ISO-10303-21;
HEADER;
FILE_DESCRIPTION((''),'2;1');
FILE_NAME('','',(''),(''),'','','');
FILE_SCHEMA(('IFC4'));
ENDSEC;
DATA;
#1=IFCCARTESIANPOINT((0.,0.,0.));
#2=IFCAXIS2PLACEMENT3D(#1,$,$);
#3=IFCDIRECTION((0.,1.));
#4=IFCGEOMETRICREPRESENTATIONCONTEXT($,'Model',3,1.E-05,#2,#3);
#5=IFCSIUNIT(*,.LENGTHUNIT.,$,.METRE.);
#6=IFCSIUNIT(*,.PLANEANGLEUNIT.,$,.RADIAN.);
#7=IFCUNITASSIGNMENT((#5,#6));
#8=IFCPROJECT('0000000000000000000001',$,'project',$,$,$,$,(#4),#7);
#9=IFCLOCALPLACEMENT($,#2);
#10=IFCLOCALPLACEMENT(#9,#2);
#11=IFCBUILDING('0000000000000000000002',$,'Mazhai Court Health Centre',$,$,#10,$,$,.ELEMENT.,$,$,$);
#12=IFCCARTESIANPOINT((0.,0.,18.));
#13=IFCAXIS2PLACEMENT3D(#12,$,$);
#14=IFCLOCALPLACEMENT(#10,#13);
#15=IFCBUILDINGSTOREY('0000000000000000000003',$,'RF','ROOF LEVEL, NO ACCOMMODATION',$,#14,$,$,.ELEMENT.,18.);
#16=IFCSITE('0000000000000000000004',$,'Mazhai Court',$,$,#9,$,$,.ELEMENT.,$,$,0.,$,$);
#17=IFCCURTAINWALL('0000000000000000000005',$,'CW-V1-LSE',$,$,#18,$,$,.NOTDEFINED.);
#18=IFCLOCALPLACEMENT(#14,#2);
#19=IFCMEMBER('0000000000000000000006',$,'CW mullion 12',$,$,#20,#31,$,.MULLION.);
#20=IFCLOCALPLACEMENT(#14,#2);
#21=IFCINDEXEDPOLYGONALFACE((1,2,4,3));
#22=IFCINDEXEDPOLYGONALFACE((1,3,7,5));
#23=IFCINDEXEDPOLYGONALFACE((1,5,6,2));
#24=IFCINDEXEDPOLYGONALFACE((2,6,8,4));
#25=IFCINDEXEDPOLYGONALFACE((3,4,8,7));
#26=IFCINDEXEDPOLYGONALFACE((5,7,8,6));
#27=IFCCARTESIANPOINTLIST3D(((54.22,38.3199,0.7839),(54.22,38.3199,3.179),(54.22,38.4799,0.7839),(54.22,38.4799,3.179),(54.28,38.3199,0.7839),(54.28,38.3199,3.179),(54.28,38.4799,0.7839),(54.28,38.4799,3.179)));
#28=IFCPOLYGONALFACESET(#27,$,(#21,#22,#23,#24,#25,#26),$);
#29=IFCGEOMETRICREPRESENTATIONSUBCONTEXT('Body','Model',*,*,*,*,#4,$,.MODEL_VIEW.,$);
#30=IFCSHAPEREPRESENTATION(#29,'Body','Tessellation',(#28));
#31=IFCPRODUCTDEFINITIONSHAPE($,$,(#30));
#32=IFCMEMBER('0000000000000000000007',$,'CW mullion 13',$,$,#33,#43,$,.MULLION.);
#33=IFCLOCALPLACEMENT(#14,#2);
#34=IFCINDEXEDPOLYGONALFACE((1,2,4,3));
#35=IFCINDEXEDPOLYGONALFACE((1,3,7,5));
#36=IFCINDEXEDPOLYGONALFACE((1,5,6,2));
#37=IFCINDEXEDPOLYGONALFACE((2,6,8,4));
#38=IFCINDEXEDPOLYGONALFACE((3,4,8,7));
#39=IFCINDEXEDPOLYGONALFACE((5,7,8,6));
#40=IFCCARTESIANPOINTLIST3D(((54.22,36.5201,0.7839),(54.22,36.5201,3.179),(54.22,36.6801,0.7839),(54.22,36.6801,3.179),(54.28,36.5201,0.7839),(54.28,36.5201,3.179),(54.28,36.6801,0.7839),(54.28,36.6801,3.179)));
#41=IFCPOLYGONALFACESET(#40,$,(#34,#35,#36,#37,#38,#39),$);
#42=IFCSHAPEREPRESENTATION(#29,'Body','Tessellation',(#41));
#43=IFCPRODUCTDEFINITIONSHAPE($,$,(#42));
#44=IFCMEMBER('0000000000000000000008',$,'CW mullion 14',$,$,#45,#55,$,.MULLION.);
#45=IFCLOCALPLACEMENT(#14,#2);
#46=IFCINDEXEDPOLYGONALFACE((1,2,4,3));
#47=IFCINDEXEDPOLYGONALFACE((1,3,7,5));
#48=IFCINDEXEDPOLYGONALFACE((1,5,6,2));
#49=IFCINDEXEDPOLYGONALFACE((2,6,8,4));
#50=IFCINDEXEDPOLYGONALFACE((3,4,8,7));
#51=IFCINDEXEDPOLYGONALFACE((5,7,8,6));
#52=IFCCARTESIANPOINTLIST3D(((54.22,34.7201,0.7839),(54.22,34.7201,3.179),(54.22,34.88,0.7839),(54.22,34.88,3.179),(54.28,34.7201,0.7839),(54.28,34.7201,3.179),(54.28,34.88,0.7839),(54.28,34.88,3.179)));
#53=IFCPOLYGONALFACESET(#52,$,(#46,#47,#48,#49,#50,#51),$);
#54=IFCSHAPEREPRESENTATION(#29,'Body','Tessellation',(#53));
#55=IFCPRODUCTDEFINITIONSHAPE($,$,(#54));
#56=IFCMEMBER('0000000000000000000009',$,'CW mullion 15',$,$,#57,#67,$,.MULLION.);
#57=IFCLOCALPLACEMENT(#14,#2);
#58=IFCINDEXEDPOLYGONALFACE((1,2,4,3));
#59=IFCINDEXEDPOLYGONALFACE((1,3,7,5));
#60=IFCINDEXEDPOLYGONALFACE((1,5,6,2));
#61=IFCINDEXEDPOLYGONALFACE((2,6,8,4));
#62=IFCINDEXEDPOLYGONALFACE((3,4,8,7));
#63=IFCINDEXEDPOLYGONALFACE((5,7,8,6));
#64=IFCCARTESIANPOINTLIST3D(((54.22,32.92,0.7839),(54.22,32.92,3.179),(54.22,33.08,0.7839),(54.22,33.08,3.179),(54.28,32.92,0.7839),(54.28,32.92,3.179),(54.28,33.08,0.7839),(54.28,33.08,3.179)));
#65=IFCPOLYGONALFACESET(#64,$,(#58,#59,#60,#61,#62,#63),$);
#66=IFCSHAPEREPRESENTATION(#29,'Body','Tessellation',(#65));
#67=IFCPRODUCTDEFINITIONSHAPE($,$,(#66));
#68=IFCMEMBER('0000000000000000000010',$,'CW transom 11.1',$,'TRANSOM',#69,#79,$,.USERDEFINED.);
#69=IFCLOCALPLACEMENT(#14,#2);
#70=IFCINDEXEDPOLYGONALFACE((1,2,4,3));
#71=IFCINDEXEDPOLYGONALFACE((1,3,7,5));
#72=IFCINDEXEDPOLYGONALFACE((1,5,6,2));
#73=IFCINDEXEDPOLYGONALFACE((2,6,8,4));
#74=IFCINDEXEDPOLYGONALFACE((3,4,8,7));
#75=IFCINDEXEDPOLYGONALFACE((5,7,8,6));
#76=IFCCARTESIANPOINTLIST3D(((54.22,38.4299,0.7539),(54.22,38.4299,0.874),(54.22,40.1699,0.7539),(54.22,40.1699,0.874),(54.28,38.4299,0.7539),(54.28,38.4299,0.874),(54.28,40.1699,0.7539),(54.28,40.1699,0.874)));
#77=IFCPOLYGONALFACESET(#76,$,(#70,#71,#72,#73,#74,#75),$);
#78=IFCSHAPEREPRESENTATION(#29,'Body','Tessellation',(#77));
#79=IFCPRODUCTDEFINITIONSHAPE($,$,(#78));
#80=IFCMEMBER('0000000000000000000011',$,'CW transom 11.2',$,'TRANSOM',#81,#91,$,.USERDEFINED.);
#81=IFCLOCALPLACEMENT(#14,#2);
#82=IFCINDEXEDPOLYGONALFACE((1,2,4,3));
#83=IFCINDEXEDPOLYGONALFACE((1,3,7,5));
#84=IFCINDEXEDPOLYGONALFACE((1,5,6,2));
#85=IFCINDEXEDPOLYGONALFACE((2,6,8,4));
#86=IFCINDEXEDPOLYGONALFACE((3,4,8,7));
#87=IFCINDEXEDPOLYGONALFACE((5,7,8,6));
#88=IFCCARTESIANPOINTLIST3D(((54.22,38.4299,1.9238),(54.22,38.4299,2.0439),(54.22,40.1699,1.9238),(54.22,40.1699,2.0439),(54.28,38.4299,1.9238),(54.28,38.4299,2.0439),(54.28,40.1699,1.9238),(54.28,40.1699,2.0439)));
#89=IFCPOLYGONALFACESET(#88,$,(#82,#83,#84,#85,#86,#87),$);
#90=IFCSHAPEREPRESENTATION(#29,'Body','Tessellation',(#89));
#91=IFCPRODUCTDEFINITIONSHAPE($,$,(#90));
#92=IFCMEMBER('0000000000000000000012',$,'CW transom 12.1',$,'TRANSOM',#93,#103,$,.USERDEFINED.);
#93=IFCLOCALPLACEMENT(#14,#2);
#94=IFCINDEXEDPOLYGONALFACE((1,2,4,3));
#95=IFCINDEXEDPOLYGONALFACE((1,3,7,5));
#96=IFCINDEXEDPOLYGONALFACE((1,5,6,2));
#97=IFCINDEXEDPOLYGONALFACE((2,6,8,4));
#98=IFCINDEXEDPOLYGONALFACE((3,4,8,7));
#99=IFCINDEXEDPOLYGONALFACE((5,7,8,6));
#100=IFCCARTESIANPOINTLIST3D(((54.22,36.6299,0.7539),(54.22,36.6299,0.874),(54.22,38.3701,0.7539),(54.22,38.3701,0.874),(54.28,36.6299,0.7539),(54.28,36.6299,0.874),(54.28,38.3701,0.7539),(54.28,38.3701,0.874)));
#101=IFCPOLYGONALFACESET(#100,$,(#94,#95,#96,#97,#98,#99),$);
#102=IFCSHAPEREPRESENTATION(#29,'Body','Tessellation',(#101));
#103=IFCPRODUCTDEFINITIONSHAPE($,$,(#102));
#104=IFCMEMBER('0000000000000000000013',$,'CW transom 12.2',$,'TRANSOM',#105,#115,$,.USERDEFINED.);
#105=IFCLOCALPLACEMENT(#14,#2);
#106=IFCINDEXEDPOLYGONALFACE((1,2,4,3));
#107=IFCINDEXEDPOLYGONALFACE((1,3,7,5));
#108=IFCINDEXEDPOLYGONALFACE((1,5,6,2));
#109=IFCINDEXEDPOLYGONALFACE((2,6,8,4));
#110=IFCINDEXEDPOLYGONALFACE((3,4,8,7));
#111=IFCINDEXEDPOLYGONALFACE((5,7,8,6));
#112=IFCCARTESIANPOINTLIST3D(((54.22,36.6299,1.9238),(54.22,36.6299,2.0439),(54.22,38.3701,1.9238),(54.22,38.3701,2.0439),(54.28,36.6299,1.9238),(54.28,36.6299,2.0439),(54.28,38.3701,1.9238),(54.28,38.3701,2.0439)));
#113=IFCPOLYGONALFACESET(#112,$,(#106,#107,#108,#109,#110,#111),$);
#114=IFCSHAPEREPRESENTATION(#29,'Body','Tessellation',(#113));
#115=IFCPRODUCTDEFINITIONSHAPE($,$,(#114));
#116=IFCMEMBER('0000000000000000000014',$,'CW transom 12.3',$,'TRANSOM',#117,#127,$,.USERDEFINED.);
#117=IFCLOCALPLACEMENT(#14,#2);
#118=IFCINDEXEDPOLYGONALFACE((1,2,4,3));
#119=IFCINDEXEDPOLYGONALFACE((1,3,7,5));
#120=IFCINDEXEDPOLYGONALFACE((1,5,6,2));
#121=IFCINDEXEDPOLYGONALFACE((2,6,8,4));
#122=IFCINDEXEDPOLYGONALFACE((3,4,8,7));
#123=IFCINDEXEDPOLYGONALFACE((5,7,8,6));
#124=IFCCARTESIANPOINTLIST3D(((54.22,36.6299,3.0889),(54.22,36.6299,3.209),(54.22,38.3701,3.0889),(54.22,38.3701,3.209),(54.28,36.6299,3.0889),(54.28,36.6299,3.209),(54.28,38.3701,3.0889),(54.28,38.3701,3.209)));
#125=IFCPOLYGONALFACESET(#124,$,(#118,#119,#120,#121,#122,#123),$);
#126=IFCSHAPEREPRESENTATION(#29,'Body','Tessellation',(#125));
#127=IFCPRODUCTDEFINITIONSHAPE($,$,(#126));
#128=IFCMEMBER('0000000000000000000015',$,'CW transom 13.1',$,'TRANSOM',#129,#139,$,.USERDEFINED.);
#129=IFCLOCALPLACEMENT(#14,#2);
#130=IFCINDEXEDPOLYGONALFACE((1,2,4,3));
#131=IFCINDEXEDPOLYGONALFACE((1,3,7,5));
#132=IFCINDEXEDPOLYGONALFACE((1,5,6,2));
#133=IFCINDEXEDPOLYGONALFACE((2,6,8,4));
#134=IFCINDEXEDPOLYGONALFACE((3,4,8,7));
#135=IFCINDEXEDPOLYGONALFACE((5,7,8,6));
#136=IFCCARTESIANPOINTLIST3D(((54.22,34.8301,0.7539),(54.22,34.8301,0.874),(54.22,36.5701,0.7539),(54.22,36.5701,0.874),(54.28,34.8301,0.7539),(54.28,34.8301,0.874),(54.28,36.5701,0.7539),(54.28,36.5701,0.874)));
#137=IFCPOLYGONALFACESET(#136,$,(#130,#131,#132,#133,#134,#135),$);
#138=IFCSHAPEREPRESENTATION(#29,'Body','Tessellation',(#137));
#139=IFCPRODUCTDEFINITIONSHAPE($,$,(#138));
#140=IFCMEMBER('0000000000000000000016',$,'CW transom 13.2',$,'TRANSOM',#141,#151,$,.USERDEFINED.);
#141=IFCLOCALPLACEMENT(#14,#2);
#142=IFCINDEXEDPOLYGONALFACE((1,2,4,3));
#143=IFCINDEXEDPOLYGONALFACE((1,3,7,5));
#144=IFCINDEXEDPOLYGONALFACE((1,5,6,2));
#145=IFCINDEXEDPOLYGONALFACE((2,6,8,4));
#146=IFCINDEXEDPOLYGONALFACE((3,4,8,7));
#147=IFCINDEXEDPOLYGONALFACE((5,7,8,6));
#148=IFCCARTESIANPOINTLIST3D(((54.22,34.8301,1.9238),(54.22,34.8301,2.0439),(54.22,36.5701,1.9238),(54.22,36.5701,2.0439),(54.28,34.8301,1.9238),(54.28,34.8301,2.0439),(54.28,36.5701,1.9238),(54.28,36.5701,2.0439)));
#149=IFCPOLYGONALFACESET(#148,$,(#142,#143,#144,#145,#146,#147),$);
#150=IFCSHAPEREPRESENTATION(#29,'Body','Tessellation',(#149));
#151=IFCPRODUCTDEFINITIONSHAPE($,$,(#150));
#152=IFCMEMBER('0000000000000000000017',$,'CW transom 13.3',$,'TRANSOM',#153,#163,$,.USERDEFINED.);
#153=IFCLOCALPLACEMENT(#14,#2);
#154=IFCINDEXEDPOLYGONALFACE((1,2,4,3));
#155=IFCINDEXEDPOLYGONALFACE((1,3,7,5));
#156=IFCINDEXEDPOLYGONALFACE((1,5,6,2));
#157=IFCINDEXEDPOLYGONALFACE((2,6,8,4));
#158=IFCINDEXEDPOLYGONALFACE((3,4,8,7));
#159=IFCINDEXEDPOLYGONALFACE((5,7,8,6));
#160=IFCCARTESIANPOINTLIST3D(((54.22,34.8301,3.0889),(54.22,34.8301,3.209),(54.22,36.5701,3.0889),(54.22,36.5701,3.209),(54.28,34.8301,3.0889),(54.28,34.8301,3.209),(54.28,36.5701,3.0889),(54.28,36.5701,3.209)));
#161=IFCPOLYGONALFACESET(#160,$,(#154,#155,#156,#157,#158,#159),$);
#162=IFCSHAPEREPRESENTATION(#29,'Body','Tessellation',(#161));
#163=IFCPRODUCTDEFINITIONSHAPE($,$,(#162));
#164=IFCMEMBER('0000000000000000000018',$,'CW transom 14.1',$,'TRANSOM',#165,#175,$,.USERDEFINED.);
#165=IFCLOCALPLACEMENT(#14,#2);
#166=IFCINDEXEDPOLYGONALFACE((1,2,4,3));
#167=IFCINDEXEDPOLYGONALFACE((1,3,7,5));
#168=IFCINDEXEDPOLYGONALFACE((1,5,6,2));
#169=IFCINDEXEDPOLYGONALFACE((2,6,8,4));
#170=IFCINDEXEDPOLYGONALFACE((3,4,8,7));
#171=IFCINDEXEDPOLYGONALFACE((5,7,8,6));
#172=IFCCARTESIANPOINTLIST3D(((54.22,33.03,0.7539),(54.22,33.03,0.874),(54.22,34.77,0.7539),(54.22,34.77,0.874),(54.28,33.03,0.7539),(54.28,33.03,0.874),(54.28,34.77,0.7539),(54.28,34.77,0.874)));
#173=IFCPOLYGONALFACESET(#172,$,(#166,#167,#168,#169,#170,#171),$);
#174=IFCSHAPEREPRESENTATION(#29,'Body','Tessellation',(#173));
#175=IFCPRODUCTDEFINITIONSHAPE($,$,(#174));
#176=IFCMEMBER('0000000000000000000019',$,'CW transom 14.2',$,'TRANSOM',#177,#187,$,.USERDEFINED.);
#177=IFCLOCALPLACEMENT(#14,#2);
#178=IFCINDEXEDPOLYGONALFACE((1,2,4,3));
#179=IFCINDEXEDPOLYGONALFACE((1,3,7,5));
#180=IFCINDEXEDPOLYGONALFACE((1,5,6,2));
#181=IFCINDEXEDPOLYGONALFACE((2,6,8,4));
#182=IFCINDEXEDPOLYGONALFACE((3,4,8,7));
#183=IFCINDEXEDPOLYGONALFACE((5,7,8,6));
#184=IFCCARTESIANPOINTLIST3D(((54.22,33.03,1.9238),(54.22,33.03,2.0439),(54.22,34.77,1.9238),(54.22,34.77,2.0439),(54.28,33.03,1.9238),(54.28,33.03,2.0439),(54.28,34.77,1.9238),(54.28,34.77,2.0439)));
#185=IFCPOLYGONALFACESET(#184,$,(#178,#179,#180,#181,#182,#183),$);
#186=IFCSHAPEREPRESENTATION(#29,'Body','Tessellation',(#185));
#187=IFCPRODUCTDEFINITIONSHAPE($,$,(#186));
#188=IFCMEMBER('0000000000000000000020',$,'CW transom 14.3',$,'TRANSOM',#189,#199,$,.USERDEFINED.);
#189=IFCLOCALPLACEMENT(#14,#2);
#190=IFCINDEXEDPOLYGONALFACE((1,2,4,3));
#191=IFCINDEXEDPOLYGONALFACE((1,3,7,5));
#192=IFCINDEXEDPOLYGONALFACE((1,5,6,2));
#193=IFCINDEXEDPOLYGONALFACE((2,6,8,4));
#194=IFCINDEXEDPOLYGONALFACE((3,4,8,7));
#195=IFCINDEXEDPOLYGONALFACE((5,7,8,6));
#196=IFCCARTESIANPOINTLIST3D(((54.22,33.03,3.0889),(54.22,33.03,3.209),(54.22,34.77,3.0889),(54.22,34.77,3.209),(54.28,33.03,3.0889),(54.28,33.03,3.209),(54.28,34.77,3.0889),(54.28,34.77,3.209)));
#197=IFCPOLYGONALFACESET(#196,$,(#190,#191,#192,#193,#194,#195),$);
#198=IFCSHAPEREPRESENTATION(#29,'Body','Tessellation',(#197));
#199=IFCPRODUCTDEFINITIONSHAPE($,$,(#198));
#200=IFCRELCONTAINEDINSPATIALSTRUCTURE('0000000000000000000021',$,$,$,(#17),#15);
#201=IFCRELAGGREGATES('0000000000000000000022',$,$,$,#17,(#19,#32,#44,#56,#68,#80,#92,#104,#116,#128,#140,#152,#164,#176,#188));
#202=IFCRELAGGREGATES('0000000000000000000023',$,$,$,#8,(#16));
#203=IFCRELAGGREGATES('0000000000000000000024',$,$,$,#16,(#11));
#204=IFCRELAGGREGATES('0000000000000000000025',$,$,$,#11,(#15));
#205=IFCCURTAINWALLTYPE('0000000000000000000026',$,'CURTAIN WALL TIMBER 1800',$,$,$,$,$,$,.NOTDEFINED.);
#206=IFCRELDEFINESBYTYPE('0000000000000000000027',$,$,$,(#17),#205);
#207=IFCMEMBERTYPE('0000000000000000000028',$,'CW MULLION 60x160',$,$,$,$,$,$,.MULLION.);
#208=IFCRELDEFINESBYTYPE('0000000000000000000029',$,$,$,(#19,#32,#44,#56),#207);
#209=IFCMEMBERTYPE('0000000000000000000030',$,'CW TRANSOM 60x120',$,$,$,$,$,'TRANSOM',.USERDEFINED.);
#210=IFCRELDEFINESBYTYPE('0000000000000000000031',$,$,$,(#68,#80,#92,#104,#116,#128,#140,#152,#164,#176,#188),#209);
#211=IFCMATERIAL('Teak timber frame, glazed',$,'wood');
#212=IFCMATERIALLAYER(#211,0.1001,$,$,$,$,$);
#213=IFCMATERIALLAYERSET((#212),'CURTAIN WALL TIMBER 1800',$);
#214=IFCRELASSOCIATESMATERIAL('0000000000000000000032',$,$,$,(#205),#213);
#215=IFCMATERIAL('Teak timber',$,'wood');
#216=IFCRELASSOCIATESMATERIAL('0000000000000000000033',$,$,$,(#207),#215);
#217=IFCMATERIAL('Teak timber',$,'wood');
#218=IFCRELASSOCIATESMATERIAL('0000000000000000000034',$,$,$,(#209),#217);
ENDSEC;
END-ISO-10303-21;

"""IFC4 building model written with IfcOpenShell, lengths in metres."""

from ifc_helpers import new_model, si_unit, direction, frame, origin, origin_2d, place, context, subcontext, project, spatial, rectangle, extrude, material, layer, layer_set, material_profile, profile_set, type_object, element, aggregate, save


model = new_model("IFC4")

# Units and contexts
model_context = context("Model", 3, precision=1e-05, world=origin(), true_north=direction((0.0, 1.0)))
body_context = subcontext(model_context, "Body", "Model", "MODEL_VIEW")
ifc_project = project(units=[si_unit("LENGTHUNIT", "METRE"), si_unit("PLANEANGLEUNIT", "RADIAN")], contexts=[model_context])

# Site, building, storey
site_placement = place(None, origin())
site = spatial("IfcSite", under=ifc_project, at=site_placement, Name="Mazhai Court", CompositionType="ELEMENT", RefElevation=0.0)
building_placement = place(site_placement, origin())
building = spatial("IfcBuilding", under=site, at=building_placement, Name="Mazhai Court Health Centre", CompositionType="ELEMENT")
storey_placement = place(building_placement, frame((0.0, 0.0, 18.0)))
storey = spatial("IfcBuildingStorey", under=building, at=storey_placement, Name="RF", Description="ROOF LEVEL, NO ACCOMMODATION", CompositionType="ELEMENT", Elevation=18.0)

# Curtain wall, members
ifc_material_1 = material(Name="Teak timber frame, glazed", Category="wood")
ifc_layer_1 = layer(ifc_material_1, 0.1001)
ifc_layer_set_1 = layer_set([ifc_layer_1], Name="CURTAIN WALL TIMBER 1800")
curtain_wall_type = type_object("IfcCurtainWallType", Name="CURTAIN WALL TIMBER 1800", PredefinedType="NOTDEFINED", material=ifc_layer_set_1)
curtain_wall_placement = place(storey_placement, origin())
curtain_wall = element("IfcCurtainWall", 1, at=curtain_wall_placement, inside=storey, type_object=curtain_wall_type, Name="CW-V1-LSE", PredefinedType="NOTDEFINED")
ifc_material_2 = material(Name="Teak timber", Category="wood")
ifc_material_profile_1 = material_profile(ifc_material_2, rectangle(XDim=0.0601, YDim=0.1599, at=origin_2d()), Name="CW MULLION 60x160")
ifc_profile_set_1 = profile_set([ifc_material_profile_1], Name="Teak timber")
member_type_1 = type_object("IfcMemberType", Name="CW MULLION 60x160", PredefinedType="MULLION", material=ifc_profile_set_1)
member_1_placement = place(storey_placement, frame((54.25, 38.3999, 0.7839), z_axis=(0.0, 0.0, 1.0), x_axis=(1.0, 0.0, 0.0)))
member_1 = element("IfcMember", 2, at=member_1_placement, type_object=member_type_1, Name="CW mullion 12", PredefinedType="MULLION", context=body_context, shape_type="SweptSolid", body=[
    extrude(rectangle(XDim=0.0601, YDim=0.1599, at=origin_2d()), origin(), (0.0, 0.0, 1.0), 2.395),
])
member_2_placement = place(storey_placement, frame((54.25, 36.6001, 0.7839), z_axis=(0.0, 0.0, 1.0), x_axis=(1.0, 0.0, 0.0)))
member_2 = element("IfcMember", 3, at=member_2_placement, type_object=member_type_1, Name="CW mullion 13", PredefinedType="MULLION", context=body_context, shape_type="SweptSolid", body=[
    extrude(rectangle(XDim=0.0601, YDim=0.1599, at=origin_2d()), origin(), (0.0, 0.0, 1.0), 2.395),
])
member_3_placement = place(storey_placement, frame((54.25, 34.8, 0.7839), z_axis=(0.0, 0.0, 1.0), x_axis=(1.0, 0.0, 0.0)))
member_3 = element("IfcMember", 4, at=member_3_placement, type_object=member_type_1, Name="CW mullion 14", PredefinedType="MULLION", context=body_context, shape_type="SweptSolid", body=[
    extrude(rectangle(XDim=0.0601, YDim=0.1599, at=origin_2d()), origin(), (0.0, 0.0, 1.0), 2.395),
])
member_4_placement = place(storey_placement, frame((54.25, 33.0, 0.7839), z_axis=(0.0, 0.0, 1.0), x_axis=(1.0, 0.0, 0.0)))
member_4 = element("IfcMember", 5, at=member_4_placement, type_object=member_type_1, Name="CW mullion 15", PredefinedType="MULLION", context=body_context, shape_type="SweptSolid", body=[
    extrude(rectangle(XDim=0.0601, YDim=0.1599, at=origin_2d()), origin(), (0.0, 0.0, 1.0), 2.395),
])
ifc_material_3 = material(Name="Teak timber", Category="wood")
ifc_material_profile_2 = material_profile(ifc_material_3, rectangle(XDim=0.0601, YDim=0.1201, at=origin_2d()), Name="CW TRANSOM 60x120")
ifc_profile_set_2 = profile_set([ifc_material_profile_2], Name="Teak timber")
member_type_2 = type_object("IfcMemberType", Name="CW TRANSOM 60x120", ElementType="TRANSOM", PredefinedType="USERDEFINED", material=ifc_profile_set_2)
member_5_placement = place(storey_placement, frame((54.25, 40.1699, 0.814), z_axis=(0.0, -1.0, 0.0), x_axis=(1.0, 0.0, 0.0)))
member_5 = element("IfcMember", 6, at=member_5_placement, type_object=member_type_2, Name="CW transom 11.1", ObjectType="TRANSOM", PredefinedType="USERDEFINED", context=body_context, shape_type="SweptSolid", body=[
    extrude(rectangle(XDim=0.0601, YDim=0.1201, at=origin_2d()), origin(), (0.0, 0.0, 1.0), 1.74),
])
member_6_placement = place(storey_placement, frame((54.25, 40.1699, 1.9839), z_axis=(0.0, -1.0, 0.0), x_axis=(1.0, 0.0, 0.0)))
member_6 = element("IfcMember", 7, at=member_6_placement, type_object=member_type_2, Name="CW transom 11.2", ObjectType="TRANSOM", PredefinedType="USERDEFINED", context=body_context, shape_type="SweptSolid", body=[
    extrude(rectangle(XDim=0.0601, YDim=0.1201, at=origin_2d()), origin(), (0.0, 0.0, 1.0), 1.74),
])
member_7_placement = place(storey_placement, frame((54.25, 38.3701, 0.814), z_axis=(0.0, -1.0, 0.0), x_axis=(1.0, 0.0, 0.0)))
member_7 = element("IfcMember", 8, at=member_7_placement, type_object=member_type_2, Name="CW transom 12.1", ObjectType="TRANSOM", PredefinedType="USERDEFINED", context=body_context, shape_type="SweptSolid", body=[
    extrude(rectangle(XDim=0.0601, YDim=0.1201, at=origin_2d()), origin(), (0.0, 0.0, 1.0), 1.7402),
])
member_8_placement = place(storey_placement, frame((54.25, 38.3701, 1.9839), z_axis=(0.0, -1.0, 0.0), x_axis=(1.0, 0.0, 0.0)))
member_8 = element("IfcMember", 9, at=member_8_placement, type_object=member_type_2, Name="CW transom 12.2", ObjectType="TRANSOM", PredefinedType="USERDEFINED", context=body_context, shape_type="SweptSolid", body=[
    extrude(rectangle(XDim=0.0601, YDim=0.1201, at=origin_2d()), origin(), (0.0, 0.0, 1.0), 1.7402),
])
member_9_placement = place(storey_placement, frame((54.25, 38.3701, 3.1489), z_axis=(0.0, -1.0, 0.0), x_axis=(1.0, 0.0, 0.0)))
member_9 = element("IfcMember", 10, at=member_9_placement, type_object=member_type_2, Name="CW transom 12.3", ObjectType="TRANSOM", PredefinedType="USERDEFINED", context=body_context, shape_type="SweptSolid", body=[
    extrude(rectangle(XDim=0.0601, YDim=0.1201, at=origin_2d()), origin(), (0.0, 0.0, 1.0), 1.7402),
])
member_10_placement = place(storey_placement, frame((54.25, 36.5701, 0.814), z_axis=(0.0, -1.0, 0.0), x_axis=(1.0, 0.0, 0.0)))
member_10 = element("IfcMember", 11, at=member_10_placement, type_object=member_type_2, Name="CW transom 13.1", ObjectType="TRANSOM", PredefinedType="USERDEFINED", context=body_context, shape_type="SweptSolid", body=[
    extrude(rectangle(XDim=0.0601, YDim=0.1201, at=origin_2d()), origin(), (0.0, 0.0, 1.0), 1.74),
])
member_11_placement = place(storey_placement, frame((54.25, 36.5701, 1.9839), z_axis=(0.0, -1.0, 0.0), x_axis=(1.0, 0.0, 0.0)))
member_11 = element("IfcMember", 12, at=member_11_placement, type_object=member_type_2, Name="CW transom 13.2", ObjectType="TRANSOM", PredefinedType="USERDEFINED", context=body_context, shape_type="SweptSolid", body=[
    extrude(rectangle(XDim=0.0601, YDim=0.1201, at=origin_2d()), origin(), (0.0, 0.0, 1.0), 1.74),
])
member_12_placement = place(storey_placement, frame((54.25, 36.5701, 3.1489), z_axis=(0.0, -1.0, 0.0), x_axis=(1.0, 0.0, 0.0)))
member_12 = element("IfcMember", 13, at=member_12_placement, type_object=member_type_2, Name="CW transom 13.3", ObjectType="TRANSOM", PredefinedType="USERDEFINED", context=body_context, shape_type="SweptSolid", body=[
    extrude(rectangle(XDim=0.0601, YDim=0.1201, at=origin_2d()), origin(), (0.0, 0.0, 1.0), 1.74),
])
member_13_placement = place(storey_placement, frame((54.25, 34.77, 0.814), z_axis=(0.0, -1.0, 0.0), x_axis=(1.0, 0.0, 0.0)))
member_13 = element("IfcMember", 14, at=member_13_placement, type_object=member_type_2, Name="CW transom 14.1", ObjectType="TRANSOM", PredefinedType="USERDEFINED", context=body_context, shape_type="SweptSolid", body=[
    extrude(rectangle(XDim=0.0601, YDim=0.1201, at=origin_2d()), origin(), (0.0, 0.0, 1.0), 1.74),
])
member_14_placement = place(storey_placement, frame((54.25, 34.77, 1.9839), z_axis=(0.0, -1.0, 0.0), x_axis=(1.0, 0.0, 0.0)))
member_14 = element("IfcMember", 15, at=member_14_placement, type_object=member_type_2, Name="CW transom 14.2", ObjectType="TRANSOM", PredefinedType="USERDEFINED", context=body_context, shape_type="SweptSolid", body=[
    extrude(rectangle(XDim=0.0601, YDim=0.1201, at=origin_2d()), origin(), (0.0, 0.0, 1.0), 1.74),
])
member_15_placement = place(storey_placement, frame((54.25, 34.77, 3.1489), z_axis=(0.0, -1.0, 0.0), x_axis=(1.0, 0.0, 0.0)))
member_15 = element("IfcMember", 16, at=member_15_placement, type_object=member_type_2, Name="CW transom 14.3", ObjectType="TRANSOM", PredefinedType="USERDEFINED", context=body_context, shape_type="SweptSolid", body=[
    extrude(rectangle(XDim=0.0601, YDim=0.1201, at=origin_2d()), origin(), (0.0, 0.0, 1.0), 1.74),
])
aggregate(curtain_wall, [member_1, member_2, member_3, member_4, member_5, member_6, member_7, member_8, member_9, member_10, member_11, member_12, member_13, member_14, member_15])

save(model, "model.ifc")
